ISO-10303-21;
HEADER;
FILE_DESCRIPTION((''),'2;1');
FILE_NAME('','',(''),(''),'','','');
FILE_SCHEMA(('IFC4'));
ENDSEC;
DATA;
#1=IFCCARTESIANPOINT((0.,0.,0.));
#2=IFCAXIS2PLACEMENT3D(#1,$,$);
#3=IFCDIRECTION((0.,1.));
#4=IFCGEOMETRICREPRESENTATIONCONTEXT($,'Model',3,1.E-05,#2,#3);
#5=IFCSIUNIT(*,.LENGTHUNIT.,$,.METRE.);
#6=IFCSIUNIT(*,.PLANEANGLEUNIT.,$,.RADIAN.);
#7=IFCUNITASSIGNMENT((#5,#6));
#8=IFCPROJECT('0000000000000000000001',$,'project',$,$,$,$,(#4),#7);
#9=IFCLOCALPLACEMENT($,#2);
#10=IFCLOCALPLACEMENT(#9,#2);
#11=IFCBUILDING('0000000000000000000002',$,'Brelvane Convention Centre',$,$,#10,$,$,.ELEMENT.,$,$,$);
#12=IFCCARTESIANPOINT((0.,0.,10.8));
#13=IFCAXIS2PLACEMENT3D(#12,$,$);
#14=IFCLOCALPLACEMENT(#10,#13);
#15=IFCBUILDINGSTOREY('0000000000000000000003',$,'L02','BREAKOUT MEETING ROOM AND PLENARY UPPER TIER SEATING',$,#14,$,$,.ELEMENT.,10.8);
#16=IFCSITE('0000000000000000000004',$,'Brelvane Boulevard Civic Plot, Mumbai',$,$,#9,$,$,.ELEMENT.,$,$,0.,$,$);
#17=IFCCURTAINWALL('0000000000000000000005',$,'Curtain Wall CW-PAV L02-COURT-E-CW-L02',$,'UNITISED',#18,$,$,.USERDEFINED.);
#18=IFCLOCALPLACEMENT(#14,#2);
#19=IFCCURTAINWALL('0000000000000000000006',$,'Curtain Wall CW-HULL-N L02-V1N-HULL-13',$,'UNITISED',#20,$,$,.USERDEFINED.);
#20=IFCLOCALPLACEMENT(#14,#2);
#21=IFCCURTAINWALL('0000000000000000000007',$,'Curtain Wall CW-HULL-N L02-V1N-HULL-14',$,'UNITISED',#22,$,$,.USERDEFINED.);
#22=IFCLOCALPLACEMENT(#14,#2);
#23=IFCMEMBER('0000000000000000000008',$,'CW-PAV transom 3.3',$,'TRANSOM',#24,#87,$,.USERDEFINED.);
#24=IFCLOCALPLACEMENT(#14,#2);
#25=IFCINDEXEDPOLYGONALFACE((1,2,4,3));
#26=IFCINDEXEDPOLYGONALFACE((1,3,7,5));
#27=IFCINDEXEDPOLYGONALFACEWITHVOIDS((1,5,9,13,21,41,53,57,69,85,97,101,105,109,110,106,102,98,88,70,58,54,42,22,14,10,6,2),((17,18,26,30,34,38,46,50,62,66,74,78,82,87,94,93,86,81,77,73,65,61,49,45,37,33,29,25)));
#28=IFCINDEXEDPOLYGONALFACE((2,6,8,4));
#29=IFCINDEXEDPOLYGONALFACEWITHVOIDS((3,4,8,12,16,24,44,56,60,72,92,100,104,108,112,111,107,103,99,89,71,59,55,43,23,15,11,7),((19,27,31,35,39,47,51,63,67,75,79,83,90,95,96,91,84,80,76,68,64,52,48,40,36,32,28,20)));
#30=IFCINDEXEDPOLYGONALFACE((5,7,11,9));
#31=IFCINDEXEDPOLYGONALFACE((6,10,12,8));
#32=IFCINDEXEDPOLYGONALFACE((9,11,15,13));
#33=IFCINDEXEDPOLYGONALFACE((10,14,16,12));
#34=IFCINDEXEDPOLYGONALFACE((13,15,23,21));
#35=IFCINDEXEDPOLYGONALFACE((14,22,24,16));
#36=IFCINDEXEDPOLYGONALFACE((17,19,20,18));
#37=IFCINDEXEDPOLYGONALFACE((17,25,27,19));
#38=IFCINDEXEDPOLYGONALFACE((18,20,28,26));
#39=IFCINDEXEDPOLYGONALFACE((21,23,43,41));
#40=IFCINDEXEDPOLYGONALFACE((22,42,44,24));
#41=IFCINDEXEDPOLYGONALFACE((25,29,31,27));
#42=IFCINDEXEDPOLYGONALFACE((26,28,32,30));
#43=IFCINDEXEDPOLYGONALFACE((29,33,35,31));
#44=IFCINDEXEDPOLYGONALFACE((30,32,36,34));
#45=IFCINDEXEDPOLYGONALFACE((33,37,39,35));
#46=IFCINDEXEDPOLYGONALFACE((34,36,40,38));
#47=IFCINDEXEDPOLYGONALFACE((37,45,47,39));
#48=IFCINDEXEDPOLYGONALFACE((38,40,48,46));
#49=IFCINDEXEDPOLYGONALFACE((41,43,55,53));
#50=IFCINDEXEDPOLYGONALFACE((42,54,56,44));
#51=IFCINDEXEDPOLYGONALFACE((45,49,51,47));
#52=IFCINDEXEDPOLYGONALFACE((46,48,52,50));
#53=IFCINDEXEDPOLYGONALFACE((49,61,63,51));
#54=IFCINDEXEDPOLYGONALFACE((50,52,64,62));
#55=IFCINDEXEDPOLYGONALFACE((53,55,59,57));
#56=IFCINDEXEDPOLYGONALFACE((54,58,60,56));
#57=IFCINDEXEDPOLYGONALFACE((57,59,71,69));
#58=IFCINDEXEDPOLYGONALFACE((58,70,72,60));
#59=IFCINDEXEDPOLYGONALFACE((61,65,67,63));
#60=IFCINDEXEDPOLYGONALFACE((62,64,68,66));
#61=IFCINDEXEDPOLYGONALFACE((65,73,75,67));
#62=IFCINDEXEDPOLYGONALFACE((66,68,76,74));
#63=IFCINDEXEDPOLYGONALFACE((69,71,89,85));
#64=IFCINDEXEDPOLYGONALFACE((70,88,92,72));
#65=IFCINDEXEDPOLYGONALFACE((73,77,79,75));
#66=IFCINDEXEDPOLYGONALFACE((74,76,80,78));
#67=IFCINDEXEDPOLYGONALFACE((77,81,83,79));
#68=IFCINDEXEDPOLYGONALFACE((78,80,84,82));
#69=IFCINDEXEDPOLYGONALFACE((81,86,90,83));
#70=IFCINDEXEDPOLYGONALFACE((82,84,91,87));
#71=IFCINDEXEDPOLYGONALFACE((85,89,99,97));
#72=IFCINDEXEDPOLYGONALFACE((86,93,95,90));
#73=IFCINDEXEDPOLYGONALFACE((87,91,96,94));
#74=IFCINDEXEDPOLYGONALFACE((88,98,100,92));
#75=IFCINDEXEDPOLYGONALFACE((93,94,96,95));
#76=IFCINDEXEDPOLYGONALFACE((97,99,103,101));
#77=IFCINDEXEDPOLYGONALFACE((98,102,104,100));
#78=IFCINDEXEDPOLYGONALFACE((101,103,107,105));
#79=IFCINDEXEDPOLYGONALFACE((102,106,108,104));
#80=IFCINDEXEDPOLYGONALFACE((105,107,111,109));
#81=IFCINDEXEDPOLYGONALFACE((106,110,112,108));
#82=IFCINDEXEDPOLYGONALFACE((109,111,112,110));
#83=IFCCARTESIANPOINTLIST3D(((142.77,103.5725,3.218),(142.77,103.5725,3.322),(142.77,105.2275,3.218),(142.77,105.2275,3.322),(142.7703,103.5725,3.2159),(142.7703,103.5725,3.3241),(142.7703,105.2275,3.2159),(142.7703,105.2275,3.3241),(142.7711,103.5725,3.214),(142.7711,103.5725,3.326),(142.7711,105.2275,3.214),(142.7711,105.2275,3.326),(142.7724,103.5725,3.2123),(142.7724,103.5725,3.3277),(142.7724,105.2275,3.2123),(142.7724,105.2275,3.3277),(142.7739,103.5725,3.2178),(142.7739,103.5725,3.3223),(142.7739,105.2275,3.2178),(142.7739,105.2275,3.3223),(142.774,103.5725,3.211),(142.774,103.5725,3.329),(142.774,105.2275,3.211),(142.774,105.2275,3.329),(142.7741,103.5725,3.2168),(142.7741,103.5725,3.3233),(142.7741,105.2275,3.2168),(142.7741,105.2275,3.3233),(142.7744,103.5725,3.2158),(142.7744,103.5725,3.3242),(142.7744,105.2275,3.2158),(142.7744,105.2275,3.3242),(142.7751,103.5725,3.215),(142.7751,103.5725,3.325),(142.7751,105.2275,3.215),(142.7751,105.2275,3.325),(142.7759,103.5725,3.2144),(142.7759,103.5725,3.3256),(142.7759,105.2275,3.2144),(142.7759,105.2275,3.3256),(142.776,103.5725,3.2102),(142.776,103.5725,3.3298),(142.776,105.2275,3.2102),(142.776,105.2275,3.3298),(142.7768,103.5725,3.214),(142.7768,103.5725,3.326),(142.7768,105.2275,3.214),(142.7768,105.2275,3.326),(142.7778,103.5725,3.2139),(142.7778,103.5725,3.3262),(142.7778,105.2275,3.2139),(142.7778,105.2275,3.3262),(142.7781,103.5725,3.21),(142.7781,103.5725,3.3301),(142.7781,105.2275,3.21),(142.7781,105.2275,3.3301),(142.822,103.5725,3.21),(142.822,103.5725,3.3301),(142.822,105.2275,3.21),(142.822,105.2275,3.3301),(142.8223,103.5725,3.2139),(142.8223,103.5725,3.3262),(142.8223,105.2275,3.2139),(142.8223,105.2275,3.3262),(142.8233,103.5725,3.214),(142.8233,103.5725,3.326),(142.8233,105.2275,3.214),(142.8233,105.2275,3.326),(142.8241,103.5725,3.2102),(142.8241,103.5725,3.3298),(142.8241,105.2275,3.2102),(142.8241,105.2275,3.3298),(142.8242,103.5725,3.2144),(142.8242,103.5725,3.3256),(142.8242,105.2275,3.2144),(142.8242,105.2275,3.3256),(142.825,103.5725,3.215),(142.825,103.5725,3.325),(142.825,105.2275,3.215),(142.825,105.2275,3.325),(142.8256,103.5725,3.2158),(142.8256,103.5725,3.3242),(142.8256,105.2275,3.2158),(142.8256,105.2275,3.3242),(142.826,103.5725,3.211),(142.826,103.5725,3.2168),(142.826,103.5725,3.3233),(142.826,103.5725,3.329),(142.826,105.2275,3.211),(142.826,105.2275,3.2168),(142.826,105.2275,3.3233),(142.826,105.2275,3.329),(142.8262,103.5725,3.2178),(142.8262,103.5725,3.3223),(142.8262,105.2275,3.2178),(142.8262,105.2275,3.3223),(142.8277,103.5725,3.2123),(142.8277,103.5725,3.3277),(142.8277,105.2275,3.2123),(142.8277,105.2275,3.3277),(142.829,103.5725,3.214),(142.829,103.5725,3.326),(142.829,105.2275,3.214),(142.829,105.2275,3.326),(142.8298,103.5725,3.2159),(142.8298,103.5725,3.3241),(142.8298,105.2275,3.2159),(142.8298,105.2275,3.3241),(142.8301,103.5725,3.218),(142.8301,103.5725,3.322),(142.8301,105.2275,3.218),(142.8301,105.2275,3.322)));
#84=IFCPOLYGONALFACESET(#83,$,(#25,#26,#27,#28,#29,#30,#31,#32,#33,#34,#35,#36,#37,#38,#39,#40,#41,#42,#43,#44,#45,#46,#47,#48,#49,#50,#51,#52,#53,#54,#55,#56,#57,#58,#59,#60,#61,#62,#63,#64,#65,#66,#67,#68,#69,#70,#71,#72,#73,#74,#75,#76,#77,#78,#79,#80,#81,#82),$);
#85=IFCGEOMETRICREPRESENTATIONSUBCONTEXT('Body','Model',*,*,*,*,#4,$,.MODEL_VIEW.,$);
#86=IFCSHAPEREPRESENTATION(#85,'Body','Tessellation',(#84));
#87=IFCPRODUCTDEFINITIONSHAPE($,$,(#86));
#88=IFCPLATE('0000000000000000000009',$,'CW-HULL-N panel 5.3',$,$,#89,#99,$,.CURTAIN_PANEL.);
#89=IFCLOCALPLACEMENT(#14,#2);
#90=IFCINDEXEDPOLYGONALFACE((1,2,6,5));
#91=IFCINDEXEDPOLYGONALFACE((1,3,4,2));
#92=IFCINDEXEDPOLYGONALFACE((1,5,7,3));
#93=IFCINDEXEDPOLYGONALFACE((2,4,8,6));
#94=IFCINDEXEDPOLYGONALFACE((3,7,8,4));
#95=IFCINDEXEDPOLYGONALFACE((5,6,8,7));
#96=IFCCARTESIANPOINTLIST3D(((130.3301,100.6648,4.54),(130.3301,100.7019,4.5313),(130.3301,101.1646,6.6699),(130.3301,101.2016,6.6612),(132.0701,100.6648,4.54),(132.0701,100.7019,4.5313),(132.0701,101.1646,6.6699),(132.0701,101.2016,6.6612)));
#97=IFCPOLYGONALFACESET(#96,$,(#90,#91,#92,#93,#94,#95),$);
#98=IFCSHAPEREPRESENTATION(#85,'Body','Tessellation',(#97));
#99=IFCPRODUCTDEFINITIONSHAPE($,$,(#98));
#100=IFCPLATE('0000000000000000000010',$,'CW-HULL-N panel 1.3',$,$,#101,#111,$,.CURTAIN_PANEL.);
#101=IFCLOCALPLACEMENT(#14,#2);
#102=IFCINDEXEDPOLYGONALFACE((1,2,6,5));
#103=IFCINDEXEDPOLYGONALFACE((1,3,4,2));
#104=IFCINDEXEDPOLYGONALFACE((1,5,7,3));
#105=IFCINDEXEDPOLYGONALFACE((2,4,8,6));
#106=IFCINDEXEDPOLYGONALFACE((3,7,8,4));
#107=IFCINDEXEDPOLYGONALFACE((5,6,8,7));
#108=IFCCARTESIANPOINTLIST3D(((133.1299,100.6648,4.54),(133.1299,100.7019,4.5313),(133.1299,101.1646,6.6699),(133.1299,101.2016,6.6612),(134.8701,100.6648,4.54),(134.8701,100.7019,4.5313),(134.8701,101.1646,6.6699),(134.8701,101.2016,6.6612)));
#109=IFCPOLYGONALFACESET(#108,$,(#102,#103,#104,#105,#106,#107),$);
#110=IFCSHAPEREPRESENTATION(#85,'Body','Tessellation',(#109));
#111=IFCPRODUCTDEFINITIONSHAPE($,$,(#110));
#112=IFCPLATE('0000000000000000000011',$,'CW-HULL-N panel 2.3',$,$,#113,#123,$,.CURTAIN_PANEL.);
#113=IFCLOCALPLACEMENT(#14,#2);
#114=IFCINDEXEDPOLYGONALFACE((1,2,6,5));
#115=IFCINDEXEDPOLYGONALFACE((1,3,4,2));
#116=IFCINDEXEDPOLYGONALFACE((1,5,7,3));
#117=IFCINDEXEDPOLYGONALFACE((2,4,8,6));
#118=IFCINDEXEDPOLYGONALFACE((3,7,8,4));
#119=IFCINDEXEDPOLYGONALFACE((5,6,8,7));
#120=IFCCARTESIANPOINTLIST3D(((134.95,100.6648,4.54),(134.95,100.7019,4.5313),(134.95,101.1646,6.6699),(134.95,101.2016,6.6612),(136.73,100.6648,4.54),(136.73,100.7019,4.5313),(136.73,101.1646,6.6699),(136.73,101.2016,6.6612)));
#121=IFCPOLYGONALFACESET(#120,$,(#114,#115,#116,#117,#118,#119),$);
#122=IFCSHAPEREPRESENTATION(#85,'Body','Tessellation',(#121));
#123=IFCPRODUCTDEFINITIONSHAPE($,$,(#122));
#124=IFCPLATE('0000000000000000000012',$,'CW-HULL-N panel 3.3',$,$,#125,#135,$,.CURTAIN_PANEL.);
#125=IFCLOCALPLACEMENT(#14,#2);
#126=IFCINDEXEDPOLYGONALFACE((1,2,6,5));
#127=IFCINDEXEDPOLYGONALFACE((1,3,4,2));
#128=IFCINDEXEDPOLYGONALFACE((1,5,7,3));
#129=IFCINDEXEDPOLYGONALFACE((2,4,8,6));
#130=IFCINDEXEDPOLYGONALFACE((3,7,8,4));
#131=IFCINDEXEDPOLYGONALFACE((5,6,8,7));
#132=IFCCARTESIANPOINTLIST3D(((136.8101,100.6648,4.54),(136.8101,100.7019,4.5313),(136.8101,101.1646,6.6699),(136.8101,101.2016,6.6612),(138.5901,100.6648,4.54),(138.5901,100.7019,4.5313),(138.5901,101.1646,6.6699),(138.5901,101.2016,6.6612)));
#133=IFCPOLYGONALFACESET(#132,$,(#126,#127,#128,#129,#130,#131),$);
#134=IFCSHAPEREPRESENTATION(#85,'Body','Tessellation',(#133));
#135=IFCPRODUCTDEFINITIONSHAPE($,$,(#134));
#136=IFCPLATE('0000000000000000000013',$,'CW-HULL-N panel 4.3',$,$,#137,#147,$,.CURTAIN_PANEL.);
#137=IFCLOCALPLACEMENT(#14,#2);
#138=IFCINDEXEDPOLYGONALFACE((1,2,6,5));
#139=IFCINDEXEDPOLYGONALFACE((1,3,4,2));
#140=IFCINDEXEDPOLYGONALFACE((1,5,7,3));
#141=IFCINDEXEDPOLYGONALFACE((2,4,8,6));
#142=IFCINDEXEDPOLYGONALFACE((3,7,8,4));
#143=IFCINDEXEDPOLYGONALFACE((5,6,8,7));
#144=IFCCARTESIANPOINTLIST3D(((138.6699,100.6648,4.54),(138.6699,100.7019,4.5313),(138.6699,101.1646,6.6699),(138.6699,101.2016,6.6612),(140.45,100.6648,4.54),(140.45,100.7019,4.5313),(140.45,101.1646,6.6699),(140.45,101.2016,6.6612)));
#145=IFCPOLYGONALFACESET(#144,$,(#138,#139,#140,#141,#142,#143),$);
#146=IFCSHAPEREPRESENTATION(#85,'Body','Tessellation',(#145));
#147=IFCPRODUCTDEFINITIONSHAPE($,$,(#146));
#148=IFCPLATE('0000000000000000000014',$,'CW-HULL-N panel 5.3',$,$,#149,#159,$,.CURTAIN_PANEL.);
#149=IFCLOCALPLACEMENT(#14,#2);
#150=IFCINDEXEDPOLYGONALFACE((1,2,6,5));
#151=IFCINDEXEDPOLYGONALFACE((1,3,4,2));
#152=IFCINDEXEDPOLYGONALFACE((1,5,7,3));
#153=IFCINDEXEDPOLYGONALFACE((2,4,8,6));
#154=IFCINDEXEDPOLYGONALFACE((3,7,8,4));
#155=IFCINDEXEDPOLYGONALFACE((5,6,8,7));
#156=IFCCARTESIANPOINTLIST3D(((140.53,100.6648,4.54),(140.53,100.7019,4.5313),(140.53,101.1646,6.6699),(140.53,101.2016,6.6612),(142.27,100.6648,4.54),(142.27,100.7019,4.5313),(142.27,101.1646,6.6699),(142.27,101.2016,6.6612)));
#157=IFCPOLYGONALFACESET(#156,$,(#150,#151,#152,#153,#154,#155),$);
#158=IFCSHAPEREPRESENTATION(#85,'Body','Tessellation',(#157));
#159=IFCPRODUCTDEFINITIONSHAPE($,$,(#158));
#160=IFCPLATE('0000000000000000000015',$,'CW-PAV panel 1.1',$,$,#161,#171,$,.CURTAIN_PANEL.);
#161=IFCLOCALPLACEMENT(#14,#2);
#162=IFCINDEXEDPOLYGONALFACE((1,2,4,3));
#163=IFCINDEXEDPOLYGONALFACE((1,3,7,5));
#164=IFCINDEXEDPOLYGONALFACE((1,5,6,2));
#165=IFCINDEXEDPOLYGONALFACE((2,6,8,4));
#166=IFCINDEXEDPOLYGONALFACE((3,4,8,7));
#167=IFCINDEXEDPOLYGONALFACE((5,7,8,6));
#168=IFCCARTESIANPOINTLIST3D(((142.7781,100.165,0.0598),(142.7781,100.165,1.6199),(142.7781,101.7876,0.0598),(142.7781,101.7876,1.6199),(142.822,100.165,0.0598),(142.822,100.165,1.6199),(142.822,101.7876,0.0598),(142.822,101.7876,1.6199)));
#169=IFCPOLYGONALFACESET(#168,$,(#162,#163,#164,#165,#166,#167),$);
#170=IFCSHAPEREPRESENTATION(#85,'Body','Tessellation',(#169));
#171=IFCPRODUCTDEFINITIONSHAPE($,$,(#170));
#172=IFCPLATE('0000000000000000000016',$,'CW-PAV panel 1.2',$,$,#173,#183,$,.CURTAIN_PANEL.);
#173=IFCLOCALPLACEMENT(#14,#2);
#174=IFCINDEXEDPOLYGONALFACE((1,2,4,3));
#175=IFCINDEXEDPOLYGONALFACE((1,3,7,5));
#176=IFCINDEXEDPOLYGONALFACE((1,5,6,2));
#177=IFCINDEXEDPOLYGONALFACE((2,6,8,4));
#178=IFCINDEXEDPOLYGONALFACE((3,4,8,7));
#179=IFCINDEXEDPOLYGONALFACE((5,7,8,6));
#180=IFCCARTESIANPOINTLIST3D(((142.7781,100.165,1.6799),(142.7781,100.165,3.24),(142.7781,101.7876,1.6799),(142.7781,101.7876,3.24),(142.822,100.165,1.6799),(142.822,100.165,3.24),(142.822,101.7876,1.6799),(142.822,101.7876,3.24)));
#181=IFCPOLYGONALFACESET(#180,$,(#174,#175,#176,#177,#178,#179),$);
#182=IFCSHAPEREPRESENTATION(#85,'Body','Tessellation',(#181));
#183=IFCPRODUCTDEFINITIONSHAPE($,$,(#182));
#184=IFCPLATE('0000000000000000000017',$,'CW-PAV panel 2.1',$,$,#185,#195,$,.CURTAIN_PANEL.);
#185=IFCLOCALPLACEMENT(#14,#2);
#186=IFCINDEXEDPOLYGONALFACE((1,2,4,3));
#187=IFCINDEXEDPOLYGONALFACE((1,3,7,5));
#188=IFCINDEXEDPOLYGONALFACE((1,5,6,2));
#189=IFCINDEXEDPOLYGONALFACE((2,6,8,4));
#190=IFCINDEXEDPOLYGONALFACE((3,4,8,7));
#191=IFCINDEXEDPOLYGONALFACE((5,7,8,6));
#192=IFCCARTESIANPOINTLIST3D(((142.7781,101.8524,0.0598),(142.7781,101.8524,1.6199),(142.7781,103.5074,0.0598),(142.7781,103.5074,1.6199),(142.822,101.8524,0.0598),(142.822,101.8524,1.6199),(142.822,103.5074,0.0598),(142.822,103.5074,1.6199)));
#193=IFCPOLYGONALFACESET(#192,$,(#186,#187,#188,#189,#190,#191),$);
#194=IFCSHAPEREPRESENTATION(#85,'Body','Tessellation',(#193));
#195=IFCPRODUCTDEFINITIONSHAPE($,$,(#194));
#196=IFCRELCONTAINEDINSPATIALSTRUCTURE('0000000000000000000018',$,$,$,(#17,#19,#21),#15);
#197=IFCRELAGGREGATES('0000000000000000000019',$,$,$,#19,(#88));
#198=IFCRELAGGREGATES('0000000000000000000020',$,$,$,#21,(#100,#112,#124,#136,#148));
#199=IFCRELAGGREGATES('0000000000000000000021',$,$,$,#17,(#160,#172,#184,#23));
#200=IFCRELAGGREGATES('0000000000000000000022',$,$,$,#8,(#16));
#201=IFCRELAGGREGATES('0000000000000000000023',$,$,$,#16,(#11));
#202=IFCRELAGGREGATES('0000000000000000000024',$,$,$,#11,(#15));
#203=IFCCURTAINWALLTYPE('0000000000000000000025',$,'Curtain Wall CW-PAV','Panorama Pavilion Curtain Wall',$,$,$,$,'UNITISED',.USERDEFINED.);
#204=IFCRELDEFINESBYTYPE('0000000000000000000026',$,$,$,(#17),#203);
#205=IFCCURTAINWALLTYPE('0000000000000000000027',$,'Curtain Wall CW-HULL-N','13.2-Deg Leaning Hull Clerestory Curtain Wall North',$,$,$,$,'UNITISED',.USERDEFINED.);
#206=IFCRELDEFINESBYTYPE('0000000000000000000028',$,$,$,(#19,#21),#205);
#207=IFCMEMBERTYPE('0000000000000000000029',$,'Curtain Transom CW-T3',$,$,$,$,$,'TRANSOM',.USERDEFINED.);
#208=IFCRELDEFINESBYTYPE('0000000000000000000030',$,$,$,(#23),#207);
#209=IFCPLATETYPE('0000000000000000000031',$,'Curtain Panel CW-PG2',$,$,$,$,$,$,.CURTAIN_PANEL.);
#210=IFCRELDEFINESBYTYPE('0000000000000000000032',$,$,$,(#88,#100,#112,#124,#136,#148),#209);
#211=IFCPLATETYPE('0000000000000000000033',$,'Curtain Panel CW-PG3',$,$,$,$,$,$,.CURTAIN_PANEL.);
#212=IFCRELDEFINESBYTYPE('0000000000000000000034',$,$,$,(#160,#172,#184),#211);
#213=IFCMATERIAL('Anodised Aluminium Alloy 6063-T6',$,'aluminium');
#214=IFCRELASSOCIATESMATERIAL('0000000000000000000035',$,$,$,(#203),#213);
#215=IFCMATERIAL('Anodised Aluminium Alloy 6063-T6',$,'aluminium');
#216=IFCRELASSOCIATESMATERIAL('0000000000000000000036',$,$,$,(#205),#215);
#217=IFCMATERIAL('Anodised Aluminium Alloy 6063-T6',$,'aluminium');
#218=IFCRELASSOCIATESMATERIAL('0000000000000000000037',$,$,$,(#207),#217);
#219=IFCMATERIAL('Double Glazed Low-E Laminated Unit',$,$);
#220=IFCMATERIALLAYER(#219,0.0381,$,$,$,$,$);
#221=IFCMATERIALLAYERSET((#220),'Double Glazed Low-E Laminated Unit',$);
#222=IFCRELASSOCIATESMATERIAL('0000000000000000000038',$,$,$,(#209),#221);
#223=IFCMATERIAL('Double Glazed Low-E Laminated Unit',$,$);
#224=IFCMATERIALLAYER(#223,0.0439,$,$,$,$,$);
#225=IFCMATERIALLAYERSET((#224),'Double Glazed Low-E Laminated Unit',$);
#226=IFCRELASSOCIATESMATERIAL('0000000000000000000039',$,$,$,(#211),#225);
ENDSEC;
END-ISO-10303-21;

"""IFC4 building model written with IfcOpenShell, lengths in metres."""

from ifc_helpers import new_model, si_unit, direction, frame, origin, origin_2d, place, context, subcontext, project, spatial, polyline, rectangle, hollow_rectangle, outline, extrude, material, layer, layer_set, material_profile, profile_set, type_object, element, aggregate, save


model = new_model("IFC4")

# Units and contexts
model_context = context("Model", 3, precision=1e-05, world=origin(), true_north=direction((0.0, 1.0)))
body_context = subcontext(model_context, "Body", "Model", "MODEL_VIEW")
ifc_project = project(units=[si_unit("LENGTHUNIT", "METRE"), si_unit("PLANEANGLEUNIT", "RADIAN")], contexts=[model_context])

# Site, building, storey
site_placement = place(None, origin())
site = spatial("IfcSite", under=ifc_project, at=site_placement, Name="Brelvane Boulevard Civic Plot, Mumbai", CompositionType="ELEMENT", RefElevation=0.0)
building_placement = place(site_placement, origin())
building = spatial("IfcBuilding", under=site, at=building_placement, Name="Brelvane Convention Centre", CompositionType="ELEMENT")
storey_placement = place(building_placement, frame((0.0, 0.0, 10.8)))
storey = spatial("IfcBuildingStorey", under=building, at=storey_placement, Name="L02", Description="BREAKOUT MEETING ROOM AND PLENARY UPPER TIER SEATING", CompositionType="ELEMENT", Elevation=10.8)

# Curtain walls
ifc_material_1 = material(Name="Anodised Aluminium Alloy 6063-T6", Category="aluminium")
curtain_wall_type_1 = type_object("IfcCurtainWallType", Name="Curtain Wall CW-PAV", Description="Panorama Pavilion Curtain Wall", ElementType="UNITISED", PredefinedType="USERDEFINED", material=ifc_material_1)
curtain_wall_1_placement = place(storey_placement, origin())
curtain_wall_1 = element("IfcCurtainWall", 1, at=curtain_wall_1_placement, inside=storey, type_object=curtain_wall_type_1, Name="Curtain Wall CW-PAV L02-COURT-E-CW-L02", ObjectType="UNITISED", PredefinedType="USERDEFINED")
ifc_material_2 = material(Name="Anodised Aluminium Alloy 6063-T6", Category="aluminium")
curtain_wall_type_2 = type_object("IfcCurtainWallType", Name="Curtain Wall CW-HULL-N", Description="13.2-Deg Leaning Hull Clerestory Curtain Wall North", ElementType="UNITISED", PredefinedType="USERDEFINED", material=ifc_material_2)
curtain_wall_2_placement = place(storey_placement, origin())
curtain_wall_2 = element("IfcCurtainWall", 2, at=curtain_wall_2_placement, inside=storey, type_object=curtain_wall_type_2, Name="Curtain Wall CW-HULL-N L02-V1N-HULL-13", ObjectType="UNITISED", PredefinedType="USERDEFINED")
curtain_wall_3_placement = place(storey_placement, origin())
curtain_wall_3 = element("IfcCurtainWall", 3, at=curtain_wall_3_placement, inside=storey, type_object=curtain_wall_type_2, Name="Curtain Wall CW-HULL-N L02-V1N-HULL-14", ObjectType="UNITISED", PredefinedType="USERDEFINED")

# Member
ifc_material_3 = material(Name="Anodised Aluminium Alloy 6063-T6", Category="aluminium")
ifc_material_profile_1 = material_profile(ifc_material_3, hollow_rectangle(XDim=0.0601, YDim=0.1201, WallThickness=0.0039, InnerFilletRadius=0.0039, OuterFilletRadius=0.0081, at=origin_2d()), Name="ALU-T 120x60x4.0")
ifc_profile_set_1 = profile_set([ifc_material_profile_1], Name="Anodised Aluminium Alloy 6063-T6")
member_type_1 = type_object("IfcMemberType", Name="Curtain Transom CW-T3", ElementType="TRANSOM", PredefinedType="USERDEFINED", material=ifc_profile_set_1)
member_1_placement = place(storey_placement, frame((142.8, 103.5725, 3.27), z_axis=(0.0, 1.0, 0.0), x_axis=(-1.0, 0.0, 0.0)))
member_1 = element("IfcMember", 4, at=member_1_placement, type_object=member_type_1, Name="CW-PAV transom 3.3", ObjectType="TRANSOM", PredefinedType="USERDEFINED", context=body_context, shape_type="SweptSolid", body=[
    extrude(hollow_rectangle(XDim=0.0601, YDim=0.1201, WallThickness=0.0039, InnerFilletRadius=0.0039, OuterFilletRadius=0.0081, at=origin_2d()), origin(), (0.0, 0.0, 1.0), 1.655),
])

# Plates
ifc_material_4 = material(Name="Double Glazed Low-E Laminated Unit")
ifc_layer_1 = layer(ifc_material_4, 0.0381)
ifc_layer_set_1 = layer_set([ifc_layer_1], Name="Double Glazed Low-E Laminated Unit")
plate_type_1 = type_object("IfcPlateType", Name="Curtain Panel CW-PG2", PredefinedType="CURTAIN_PANEL", material=ifc_layer_set_1)
plate_1_placement = place(storey_placement, frame((130.3301, 100.6648, 4.54), z_axis=(0.0, -0.973559, 0.228436), x_axis=(1.0, 0.0, 0.0)))
plate_1 = element("IfcPlate", 5, at=plate_1_placement, type_object=plate_type_1, Name="CW-HULL-N panel 5.3", PredefinedType="CURTAIN_PANEL", context=body_context, shape_type="SweptSolid", body=[
    extrude(outline(polyline([(0.0, 0.0), (1.74, 0.0), (1.74, 2.1877), (0.0, 2.1877), (0.0, 0.0)])), origin(), (0.0, 0.0, -1.0), 0.0381),
])
aggregate(curtain_wall_2, [plate_1])
plate_2_placement = place(storey_placement, frame((133.1299, 100.6648, 4.54), z_axis=(0.0, -0.973559, 0.228436), x_axis=(1.0, 0.0, 0.0)))
plate_2 = element("IfcPlate", 6, at=plate_2_placement, type_object=plate_type_1, Name="CW-HULL-N panel 1.3", PredefinedType="CURTAIN_PANEL", context=body_context, shape_type="SweptSolid", body=[
    extrude(outline(polyline([(0.0, 0.0), (1.7402, 0.0), (1.7402, 2.1877), (0.0, 2.1877), (0.0, 0.0)])), origin(), (0.0, 0.0, -1.0), 0.0381),
])
plate_3_placement = place(storey_placement, frame((134.95, 100.6648, 4.54), z_axis=(0.0, -0.973559, 0.228436), x_axis=(1.0, 0.0, 0.0)))
plate_3 = element("IfcPlate", 7, at=plate_3_placement, type_object=plate_type_1, Name="CW-HULL-N panel 2.3", PredefinedType="CURTAIN_PANEL", context=body_context, shape_type="SweptSolid", body=[
    extrude(outline(polyline([(0.0, 0.0), (1.78, 0.0), (1.78, 2.1877), (0.0, 2.1877), (0.0, 0.0)])), origin(), (0.0, 0.0, -1.0), 0.0381),
])
plate_4_placement = place(storey_placement, frame((136.8101, 100.6648, 4.54), z_axis=(0.0, -0.973559, 0.228436), x_axis=(1.0, 0.0, 0.0)))
plate_4 = element("IfcPlate", 8, at=plate_4_placement, type_object=plate_type_1, Name="CW-HULL-N panel 3.3", PredefinedType="CURTAIN_PANEL", context=body_context, shape_type="SweptSolid", body=[
    extrude(outline(polyline([(0.0, 0.0), (1.78, 0.0), (1.78, 2.1877), (0.0, 2.1877), (0.0, 0.0)])), origin(), (0.0, 0.0, -1.0), 0.0381),
])
plate_5_placement = place(storey_placement, frame((138.6699, 100.6648, 4.54), z_axis=(0.0, -0.973559, 0.228436), x_axis=(1.0, 0.0, 0.0)))
plate_5 = element("IfcPlate", 9, at=plate_5_placement, type_object=plate_type_1, Name="CW-HULL-N panel 4.3", PredefinedType="CURTAIN_PANEL", context=body_context, shape_type="SweptSolid", body=[
    extrude(outline(polyline([(0.0, 0.0), (1.78, 0.0), (1.78, 2.1877), (0.0, 2.1877), (0.0, 0.0)])), origin(), (0.0, 0.0, -1.0), 0.0381),
])
plate_6_placement = place(storey_placement, frame((140.53, 100.6648, 4.54), z_axis=(0.0, -0.973559, 0.228436), x_axis=(1.0, 0.0, 0.0)))
plate_6 = element("IfcPlate", 10, at=plate_6_placement, type_object=plate_type_1, Name="CW-HULL-N panel 5.3", PredefinedType="CURTAIN_PANEL", context=body_context, shape_type="SweptSolid", body=[
    extrude(outline(polyline([(0.0, 0.0), (1.74, 0.0), (1.74, 2.1877), (0.0, 2.1877), (0.0, 0.0)])), origin(), (0.0, 0.0, -1.0), 0.0381),
])
aggregate(curtain_wall_3, [plate_2, plate_3, plate_4, plate_5, plate_6])
ifc_material_5 = material(Name="Double Glazed Low-E Laminated Unit")
ifc_layer_2 = layer(ifc_material_5, 0.0439)
ifc_layer_set_2 = layer_set([ifc_layer_2], Name="Double Glazed Low-E Laminated Unit")
plate_type_2 = type_object("IfcPlateType", Name="Curtain Panel CW-PG3", PredefinedType="CURTAIN_PANEL", material=ifc_layer_set_2)
plate_7_placement = place(storey_placement, frame((142.8, 100.9763, 0.0598), z_axis=(0.0, 0.0, 1.0), x_axis=(0.0, 1.0, 0.0)))
plate_7 = element("IfcPlate", 11, at=plate_7_placement, type_object=plate_type_2, Name="CW-PAV panel 1.1", PredefinedType="CURTAIN_PANEL", context=body_context, shape_type="SweptSolid", body=[
    extrude(rectangle(XDim=1.6226, YDim=0.0439, at=origin_2d()), origin(), (0.0, 0.0, 1.0), 1.5601),
])
plate_8_placement = place(storey_placement, frame((142.8, 100.9763, 1.6799), z_axis=(0.0, 0.0, 1.0), x_axis=(0.0, 1.0, 0.0)))
plate_8 = element("IfcPlate", 12, at=plate_8_placement, type_object=plate_type_2, Name="CW-PAV panel 1.2", PredefinedType="CURTAIN_PANEL", context=body_context, shape_type="SweptSolid", body=[
    extrude(rectangle(XDim=1.6226, YDim=0.0439, at=origin_2d()), origin(), (0.0, 0.0, 1.0), 1.5601),
])
plate_9_placement = place(storey_placement, frame((142.8, 102.6799, 0.0598), z_axis=(0.0, 0.0, 1.0), x_axis=(0.0, 1.0, 0.0)))
plate_9 = element("IfcPlate", 13, at=plate_9_placement, type_object=plate_type_2, Name="CW-PAV panel 2.1", PredefinedType="CURTAIN_PANEL", context=body_context, shape_type="SweptSolid", body=[
    extrude(rectangle(XDim=1.655, YDim=0.0439, at=origin_2d()), origin(), (0.0, 0.0, 1.0), 1.5601),
])
aggregate(curtain_wall_1, [plate_7, plate_8, plate_9, member_1])

save(model, "model.ifc")
